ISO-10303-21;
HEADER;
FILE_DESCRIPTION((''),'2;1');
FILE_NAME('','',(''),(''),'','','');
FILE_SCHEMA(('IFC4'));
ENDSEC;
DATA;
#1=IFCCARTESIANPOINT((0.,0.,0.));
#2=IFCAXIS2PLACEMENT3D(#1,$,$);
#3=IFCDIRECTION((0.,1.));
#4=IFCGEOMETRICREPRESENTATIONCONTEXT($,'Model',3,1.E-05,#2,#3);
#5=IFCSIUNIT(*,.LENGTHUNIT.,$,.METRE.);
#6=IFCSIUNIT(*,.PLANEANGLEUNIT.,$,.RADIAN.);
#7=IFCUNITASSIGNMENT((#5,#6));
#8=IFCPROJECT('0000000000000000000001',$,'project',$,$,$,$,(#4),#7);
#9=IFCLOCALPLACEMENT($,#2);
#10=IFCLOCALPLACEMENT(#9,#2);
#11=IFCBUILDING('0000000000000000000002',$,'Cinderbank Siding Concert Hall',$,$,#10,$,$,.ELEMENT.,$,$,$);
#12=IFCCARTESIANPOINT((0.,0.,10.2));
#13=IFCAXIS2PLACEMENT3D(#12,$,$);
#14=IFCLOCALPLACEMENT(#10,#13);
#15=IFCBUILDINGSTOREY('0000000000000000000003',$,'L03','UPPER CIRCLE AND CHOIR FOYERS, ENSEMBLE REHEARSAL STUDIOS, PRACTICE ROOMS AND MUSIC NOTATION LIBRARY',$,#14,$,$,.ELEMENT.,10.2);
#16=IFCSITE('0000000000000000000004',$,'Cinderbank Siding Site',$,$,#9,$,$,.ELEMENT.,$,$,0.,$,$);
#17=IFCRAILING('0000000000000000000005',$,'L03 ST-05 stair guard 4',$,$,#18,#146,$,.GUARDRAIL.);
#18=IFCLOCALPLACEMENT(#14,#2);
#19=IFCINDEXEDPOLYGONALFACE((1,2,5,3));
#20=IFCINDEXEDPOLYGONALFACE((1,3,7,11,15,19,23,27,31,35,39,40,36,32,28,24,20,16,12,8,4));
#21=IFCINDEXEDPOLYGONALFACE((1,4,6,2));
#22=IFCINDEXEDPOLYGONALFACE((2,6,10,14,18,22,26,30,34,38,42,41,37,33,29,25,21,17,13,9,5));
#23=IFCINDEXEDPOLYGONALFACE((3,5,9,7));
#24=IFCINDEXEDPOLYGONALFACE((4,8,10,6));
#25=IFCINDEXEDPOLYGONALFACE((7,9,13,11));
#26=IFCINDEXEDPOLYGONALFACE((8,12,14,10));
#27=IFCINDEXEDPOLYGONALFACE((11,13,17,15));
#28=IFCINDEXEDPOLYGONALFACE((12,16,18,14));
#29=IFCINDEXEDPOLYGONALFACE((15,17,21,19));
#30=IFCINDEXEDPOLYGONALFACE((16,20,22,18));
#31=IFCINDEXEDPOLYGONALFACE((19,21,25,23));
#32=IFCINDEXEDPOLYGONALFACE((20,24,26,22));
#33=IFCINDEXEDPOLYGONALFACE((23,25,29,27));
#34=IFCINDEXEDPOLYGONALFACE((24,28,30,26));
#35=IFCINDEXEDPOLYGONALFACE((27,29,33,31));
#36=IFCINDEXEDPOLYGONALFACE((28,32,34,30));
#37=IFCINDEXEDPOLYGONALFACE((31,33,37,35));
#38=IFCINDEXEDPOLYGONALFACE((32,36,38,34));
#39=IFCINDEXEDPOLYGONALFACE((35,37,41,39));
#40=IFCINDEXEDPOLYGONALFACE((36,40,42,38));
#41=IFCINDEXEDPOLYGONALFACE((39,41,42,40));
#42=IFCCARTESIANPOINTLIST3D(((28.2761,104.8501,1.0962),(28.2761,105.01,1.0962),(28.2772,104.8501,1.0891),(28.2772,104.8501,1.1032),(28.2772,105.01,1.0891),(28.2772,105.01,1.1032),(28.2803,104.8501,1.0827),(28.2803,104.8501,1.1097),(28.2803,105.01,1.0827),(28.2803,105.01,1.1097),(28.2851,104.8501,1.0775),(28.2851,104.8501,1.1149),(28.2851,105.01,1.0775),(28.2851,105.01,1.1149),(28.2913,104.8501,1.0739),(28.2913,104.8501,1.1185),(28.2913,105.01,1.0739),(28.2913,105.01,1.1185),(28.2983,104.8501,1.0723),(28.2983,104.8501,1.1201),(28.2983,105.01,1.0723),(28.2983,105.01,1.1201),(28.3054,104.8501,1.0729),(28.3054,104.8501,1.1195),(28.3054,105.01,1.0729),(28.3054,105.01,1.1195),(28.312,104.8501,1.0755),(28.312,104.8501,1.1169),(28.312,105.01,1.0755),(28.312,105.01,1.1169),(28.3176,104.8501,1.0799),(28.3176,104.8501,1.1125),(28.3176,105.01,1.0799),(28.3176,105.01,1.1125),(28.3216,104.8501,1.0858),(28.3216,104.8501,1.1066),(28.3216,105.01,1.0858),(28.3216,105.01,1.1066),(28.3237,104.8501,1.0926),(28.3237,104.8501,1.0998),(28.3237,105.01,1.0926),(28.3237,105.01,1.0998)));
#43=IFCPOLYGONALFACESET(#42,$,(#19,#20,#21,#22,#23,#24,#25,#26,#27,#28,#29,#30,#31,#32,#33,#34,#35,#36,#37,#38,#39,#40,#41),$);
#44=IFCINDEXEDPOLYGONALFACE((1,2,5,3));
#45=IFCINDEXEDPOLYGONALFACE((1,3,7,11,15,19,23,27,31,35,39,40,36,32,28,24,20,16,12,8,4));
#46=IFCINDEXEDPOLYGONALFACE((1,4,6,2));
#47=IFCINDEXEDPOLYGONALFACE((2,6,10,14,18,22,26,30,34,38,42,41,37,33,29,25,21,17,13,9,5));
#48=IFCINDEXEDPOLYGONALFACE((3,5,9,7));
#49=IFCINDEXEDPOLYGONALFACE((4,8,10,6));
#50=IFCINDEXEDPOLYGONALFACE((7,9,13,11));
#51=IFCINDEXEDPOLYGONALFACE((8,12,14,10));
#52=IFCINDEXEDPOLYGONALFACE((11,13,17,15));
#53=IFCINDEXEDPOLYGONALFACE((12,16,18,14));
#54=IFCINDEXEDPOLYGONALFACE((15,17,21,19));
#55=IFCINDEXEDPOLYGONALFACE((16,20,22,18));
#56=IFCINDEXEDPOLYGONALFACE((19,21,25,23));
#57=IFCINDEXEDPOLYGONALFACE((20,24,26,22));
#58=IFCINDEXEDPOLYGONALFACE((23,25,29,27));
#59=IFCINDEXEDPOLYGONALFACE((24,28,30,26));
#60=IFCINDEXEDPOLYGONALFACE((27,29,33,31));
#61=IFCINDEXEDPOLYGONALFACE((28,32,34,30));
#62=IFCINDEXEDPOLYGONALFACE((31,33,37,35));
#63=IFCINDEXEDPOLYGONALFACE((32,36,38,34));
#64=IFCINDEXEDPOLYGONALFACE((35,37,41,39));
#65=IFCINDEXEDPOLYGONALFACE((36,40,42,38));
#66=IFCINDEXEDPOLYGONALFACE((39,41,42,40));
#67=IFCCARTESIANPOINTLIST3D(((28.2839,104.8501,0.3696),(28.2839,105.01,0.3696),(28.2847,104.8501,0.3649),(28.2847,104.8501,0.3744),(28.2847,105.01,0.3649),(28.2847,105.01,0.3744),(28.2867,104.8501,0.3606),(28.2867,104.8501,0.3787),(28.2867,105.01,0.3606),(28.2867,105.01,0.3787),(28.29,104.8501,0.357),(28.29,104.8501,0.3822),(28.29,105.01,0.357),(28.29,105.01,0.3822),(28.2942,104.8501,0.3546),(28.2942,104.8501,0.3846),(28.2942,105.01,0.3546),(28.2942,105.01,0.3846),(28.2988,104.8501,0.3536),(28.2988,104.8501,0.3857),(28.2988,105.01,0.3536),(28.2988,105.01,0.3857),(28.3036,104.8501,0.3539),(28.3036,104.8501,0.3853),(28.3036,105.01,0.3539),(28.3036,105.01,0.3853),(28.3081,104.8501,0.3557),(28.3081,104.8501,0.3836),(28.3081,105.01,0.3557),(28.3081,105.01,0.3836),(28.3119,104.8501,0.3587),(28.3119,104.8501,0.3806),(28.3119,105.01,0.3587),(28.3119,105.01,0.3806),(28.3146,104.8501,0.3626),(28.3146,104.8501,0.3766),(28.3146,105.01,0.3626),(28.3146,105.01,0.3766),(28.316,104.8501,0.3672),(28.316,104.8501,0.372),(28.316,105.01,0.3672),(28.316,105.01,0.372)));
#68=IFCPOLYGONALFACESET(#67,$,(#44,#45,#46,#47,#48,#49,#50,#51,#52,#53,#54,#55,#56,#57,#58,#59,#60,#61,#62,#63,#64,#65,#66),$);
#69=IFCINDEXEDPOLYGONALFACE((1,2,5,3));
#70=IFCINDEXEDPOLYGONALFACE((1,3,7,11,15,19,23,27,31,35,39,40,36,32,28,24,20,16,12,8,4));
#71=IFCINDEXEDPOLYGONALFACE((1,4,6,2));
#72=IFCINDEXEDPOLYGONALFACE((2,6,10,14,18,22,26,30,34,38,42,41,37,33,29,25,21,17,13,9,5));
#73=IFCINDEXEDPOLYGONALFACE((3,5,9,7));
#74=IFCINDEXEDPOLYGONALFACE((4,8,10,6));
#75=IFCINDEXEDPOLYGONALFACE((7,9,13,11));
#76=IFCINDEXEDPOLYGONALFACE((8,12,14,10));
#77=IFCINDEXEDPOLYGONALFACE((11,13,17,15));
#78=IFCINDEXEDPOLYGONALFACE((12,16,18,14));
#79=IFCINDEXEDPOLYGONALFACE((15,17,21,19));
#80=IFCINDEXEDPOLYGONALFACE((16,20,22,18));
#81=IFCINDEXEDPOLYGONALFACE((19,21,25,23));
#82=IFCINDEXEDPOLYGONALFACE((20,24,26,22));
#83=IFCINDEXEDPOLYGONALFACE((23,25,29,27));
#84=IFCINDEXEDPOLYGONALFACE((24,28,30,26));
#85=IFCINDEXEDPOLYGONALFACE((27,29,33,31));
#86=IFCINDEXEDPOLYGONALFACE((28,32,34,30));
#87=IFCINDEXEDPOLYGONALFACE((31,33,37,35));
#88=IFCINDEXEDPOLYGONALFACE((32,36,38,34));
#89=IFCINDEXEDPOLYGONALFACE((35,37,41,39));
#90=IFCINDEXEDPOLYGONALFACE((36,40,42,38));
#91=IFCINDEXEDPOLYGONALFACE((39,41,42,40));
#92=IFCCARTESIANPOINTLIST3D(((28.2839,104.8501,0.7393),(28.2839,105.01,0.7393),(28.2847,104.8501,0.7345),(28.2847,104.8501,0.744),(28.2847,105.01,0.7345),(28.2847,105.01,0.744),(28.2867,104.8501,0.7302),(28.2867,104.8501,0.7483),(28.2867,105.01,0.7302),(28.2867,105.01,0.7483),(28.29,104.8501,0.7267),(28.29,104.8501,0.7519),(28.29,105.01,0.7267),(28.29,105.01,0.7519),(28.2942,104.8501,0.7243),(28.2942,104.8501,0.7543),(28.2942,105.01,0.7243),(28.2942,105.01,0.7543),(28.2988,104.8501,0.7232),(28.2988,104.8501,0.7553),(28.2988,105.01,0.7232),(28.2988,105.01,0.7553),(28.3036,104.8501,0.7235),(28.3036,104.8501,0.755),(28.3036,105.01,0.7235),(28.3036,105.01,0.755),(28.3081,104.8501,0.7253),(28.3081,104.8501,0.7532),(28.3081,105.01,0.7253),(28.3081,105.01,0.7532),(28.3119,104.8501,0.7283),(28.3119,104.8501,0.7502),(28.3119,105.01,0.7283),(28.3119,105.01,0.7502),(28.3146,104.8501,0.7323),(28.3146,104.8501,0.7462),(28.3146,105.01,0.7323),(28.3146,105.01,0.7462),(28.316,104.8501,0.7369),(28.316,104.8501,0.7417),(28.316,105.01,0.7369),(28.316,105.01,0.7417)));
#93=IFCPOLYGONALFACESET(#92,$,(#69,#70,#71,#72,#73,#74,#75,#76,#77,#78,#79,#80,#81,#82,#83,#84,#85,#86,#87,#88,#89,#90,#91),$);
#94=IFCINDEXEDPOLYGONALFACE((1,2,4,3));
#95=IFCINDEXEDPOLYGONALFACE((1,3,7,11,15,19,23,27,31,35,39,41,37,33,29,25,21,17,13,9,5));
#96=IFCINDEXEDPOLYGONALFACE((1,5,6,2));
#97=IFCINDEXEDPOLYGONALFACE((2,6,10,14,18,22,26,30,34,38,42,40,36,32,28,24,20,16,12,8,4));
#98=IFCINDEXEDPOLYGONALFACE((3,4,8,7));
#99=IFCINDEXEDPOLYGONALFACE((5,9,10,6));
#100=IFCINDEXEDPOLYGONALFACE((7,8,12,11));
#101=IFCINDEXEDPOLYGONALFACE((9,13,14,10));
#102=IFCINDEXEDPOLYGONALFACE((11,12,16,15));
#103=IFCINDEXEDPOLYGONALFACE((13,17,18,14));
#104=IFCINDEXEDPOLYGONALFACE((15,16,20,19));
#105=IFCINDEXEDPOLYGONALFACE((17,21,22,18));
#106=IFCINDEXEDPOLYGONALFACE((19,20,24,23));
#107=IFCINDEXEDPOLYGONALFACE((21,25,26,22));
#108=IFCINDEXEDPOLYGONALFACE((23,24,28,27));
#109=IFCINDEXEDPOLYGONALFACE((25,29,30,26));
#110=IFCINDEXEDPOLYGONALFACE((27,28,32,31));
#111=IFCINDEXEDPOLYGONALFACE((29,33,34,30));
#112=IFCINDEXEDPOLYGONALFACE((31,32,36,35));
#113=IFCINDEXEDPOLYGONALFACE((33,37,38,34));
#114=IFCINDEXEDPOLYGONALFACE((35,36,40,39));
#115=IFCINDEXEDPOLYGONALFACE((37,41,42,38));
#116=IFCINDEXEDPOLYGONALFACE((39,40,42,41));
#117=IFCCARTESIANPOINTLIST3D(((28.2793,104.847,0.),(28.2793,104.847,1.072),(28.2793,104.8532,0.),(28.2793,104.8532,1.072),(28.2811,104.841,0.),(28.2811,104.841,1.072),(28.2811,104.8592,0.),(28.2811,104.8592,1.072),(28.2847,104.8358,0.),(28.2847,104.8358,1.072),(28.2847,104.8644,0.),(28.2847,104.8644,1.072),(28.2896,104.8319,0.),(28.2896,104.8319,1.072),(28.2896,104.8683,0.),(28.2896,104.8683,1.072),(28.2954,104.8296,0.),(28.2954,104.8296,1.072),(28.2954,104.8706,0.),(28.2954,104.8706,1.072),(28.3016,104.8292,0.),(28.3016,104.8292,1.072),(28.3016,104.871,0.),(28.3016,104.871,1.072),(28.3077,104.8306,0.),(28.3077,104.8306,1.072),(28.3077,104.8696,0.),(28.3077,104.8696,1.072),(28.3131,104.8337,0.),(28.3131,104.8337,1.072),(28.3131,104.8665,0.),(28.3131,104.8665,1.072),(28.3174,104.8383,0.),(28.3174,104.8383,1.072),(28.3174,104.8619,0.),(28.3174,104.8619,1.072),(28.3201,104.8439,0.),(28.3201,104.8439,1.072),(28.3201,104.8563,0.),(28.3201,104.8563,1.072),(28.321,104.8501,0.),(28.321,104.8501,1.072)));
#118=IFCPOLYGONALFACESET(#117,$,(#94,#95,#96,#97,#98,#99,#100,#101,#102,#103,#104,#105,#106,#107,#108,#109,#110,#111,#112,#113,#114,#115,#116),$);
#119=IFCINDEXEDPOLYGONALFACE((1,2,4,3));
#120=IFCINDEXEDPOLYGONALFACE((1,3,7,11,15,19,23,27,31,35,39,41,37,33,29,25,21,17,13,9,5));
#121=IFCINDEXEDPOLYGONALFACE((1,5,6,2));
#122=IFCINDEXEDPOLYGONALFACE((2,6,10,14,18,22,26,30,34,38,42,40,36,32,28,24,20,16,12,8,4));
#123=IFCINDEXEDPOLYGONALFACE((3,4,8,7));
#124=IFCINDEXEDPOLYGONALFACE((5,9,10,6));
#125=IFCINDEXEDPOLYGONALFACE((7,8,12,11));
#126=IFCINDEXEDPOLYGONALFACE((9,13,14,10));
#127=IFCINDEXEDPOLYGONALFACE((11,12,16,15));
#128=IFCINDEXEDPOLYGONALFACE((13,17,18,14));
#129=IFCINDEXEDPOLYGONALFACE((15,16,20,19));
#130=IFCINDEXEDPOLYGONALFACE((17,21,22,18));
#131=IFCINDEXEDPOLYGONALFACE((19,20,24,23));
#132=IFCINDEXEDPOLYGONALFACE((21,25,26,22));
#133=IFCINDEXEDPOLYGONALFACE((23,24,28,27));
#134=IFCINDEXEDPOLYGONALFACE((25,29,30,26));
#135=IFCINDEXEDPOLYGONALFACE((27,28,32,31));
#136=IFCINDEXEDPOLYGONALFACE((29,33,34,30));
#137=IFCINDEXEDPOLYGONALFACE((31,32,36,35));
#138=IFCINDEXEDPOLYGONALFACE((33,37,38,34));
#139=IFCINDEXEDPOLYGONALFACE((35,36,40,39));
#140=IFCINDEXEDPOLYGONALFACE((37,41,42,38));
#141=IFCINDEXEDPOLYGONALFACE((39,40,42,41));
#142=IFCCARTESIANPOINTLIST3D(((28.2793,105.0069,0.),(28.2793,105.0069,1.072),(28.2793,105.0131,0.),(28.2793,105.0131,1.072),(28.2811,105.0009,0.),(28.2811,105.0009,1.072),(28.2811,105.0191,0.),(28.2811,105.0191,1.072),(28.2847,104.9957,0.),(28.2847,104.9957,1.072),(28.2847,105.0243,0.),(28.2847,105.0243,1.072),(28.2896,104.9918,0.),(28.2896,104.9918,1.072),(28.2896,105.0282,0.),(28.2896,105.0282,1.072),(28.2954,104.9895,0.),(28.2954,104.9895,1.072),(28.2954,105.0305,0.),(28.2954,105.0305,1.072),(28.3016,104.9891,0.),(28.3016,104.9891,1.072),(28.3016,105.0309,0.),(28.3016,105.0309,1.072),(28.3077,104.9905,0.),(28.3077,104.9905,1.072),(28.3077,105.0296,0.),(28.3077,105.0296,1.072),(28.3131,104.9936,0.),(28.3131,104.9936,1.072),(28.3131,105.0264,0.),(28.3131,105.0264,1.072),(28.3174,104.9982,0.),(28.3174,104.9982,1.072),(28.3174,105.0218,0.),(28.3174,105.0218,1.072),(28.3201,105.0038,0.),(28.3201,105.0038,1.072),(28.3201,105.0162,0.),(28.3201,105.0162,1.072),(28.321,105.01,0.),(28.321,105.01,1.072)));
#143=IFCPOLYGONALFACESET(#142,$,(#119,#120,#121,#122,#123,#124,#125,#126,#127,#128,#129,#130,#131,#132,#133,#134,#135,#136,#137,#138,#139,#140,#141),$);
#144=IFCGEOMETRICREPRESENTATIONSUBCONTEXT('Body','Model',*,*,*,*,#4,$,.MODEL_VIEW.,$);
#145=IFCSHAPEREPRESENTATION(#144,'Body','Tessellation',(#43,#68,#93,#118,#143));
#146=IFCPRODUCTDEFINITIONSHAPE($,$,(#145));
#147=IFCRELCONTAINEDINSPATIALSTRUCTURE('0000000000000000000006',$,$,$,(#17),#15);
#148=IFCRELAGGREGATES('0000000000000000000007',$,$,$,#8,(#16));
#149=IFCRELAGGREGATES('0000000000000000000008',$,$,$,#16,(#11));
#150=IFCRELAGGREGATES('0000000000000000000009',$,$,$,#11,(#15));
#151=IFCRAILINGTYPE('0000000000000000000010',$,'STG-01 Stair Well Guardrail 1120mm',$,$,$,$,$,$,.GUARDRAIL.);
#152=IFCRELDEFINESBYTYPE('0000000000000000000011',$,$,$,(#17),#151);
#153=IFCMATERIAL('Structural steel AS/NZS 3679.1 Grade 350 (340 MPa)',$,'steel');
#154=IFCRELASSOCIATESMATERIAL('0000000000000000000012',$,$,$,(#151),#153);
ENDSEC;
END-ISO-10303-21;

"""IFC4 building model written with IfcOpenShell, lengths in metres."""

from ifc_helpers import new_model, si_unit, direction, frame, origin, origin_2d, place, context, subcontext, project, spatial, circle, extrude, material, type_object, element, save


model = new_model("IFC4")

# Units and contexts
model_context = context("Model", 3, precision=1e-05, world=origin(), true_north=direction((0.0, 1.0)))
body_context = subcontext(model_context, "Body", "Model", "MODEL_VIEW")
ifc_project = project(units=[si_unit("LENGTHUNIT", "METRE"), si_unit("PLANEANGLEUNIT", "RADIAN")], contexts=[model_context])

# Site, building, storey
site_placement = place(None, origin())
site = spatial("IfcSite", under=ifc_project, at=site_placement, Name="Cinderbank Siding Site", CompositionType="ELEMENT", RefElevation=0.0)
building_placement = place(site_placement, origin())
building = spatial("IfcBuilding", under=site, at=building_placement, Name="Cinderbank Siding Concert Hall", CompositionType="ELEMENT")
storey_placement = place(building_placement, frame((0.0, 0.0, 10.2)))
storey = spatial("IfcBuildingStorey", under=building, at=storey_placement, Name="L03", Description="UPPER CIRCLE AND CHOIR FOYERS, ENSEMBLE REHEARSAL STUDIOS, PRACTICE ROOMS AND MUSIC NOTATION LIBRARY", CompositionType="ELEMENT", Elevation=10.2)

# Shared definitions
ifc_material_1 = material(Name="Structural steel AS/NZS 3679.1 Grade 350 (340 MPa)", Category="steel")

# Railing
railing_type_1 = type_object("IfcRailingType", Name="STG-01 Stair Well Guardrail 1120mm", PredefinedType="GUARDRAIL", material=ifc_material_1)
for number, where, name in (
    (1, (28.3, 104.8501, 0.0), "L03 ST-05 stair guard 4"),
):
    element("IfcRailing", number, at=place(storey_placement, frame(where)), inside=storey, type_object=railing_type_1, Name=name, PredefinedType="GUARDRAIL", context=body_context, shape_type="SweptSolid", body=[
        extrude(circle(Radius=0.0239, at=origin_2d()), frame((0.0, 0.0, 1.0962), z_axis=(0.0, 1.0, 0.0), x_axis=(-1.0, 0.0, 0.0)), (0.0, 0.0, 1.0), 0.1599),
        extrude(circle(Radius=0.0161, at=origin_2d()), frame((0.0, 0.0, 0.3696), z_axis=(0.0, 1.0, 0.0), x_axis=(-1.0, 0.0, 0.0)), (0.0, 0.0, 1.0), 0.1599),
        extrude(circle(Radius=0.0161, at=origin_2d()), frame((0.0, 0.0, 0.7393), z_axis=(0.0, 1.0, 0.0), x_axis=(-1.0, 0.0, 0.0)), (0.0, 0.0, 1.0), 0.1599),
        extrude(circle(Radius=0.021, at=origin_2d()), origin(), (0.0, 0.0, 1.0), 1.072),
        extrude(circle(Radius=0.021, at=origin_2d()), frame((0.0, 0.1599, 0.0)), (0.0, 0.0, 1.0), 1.072),
    ])

save(model, "model.ifc")
